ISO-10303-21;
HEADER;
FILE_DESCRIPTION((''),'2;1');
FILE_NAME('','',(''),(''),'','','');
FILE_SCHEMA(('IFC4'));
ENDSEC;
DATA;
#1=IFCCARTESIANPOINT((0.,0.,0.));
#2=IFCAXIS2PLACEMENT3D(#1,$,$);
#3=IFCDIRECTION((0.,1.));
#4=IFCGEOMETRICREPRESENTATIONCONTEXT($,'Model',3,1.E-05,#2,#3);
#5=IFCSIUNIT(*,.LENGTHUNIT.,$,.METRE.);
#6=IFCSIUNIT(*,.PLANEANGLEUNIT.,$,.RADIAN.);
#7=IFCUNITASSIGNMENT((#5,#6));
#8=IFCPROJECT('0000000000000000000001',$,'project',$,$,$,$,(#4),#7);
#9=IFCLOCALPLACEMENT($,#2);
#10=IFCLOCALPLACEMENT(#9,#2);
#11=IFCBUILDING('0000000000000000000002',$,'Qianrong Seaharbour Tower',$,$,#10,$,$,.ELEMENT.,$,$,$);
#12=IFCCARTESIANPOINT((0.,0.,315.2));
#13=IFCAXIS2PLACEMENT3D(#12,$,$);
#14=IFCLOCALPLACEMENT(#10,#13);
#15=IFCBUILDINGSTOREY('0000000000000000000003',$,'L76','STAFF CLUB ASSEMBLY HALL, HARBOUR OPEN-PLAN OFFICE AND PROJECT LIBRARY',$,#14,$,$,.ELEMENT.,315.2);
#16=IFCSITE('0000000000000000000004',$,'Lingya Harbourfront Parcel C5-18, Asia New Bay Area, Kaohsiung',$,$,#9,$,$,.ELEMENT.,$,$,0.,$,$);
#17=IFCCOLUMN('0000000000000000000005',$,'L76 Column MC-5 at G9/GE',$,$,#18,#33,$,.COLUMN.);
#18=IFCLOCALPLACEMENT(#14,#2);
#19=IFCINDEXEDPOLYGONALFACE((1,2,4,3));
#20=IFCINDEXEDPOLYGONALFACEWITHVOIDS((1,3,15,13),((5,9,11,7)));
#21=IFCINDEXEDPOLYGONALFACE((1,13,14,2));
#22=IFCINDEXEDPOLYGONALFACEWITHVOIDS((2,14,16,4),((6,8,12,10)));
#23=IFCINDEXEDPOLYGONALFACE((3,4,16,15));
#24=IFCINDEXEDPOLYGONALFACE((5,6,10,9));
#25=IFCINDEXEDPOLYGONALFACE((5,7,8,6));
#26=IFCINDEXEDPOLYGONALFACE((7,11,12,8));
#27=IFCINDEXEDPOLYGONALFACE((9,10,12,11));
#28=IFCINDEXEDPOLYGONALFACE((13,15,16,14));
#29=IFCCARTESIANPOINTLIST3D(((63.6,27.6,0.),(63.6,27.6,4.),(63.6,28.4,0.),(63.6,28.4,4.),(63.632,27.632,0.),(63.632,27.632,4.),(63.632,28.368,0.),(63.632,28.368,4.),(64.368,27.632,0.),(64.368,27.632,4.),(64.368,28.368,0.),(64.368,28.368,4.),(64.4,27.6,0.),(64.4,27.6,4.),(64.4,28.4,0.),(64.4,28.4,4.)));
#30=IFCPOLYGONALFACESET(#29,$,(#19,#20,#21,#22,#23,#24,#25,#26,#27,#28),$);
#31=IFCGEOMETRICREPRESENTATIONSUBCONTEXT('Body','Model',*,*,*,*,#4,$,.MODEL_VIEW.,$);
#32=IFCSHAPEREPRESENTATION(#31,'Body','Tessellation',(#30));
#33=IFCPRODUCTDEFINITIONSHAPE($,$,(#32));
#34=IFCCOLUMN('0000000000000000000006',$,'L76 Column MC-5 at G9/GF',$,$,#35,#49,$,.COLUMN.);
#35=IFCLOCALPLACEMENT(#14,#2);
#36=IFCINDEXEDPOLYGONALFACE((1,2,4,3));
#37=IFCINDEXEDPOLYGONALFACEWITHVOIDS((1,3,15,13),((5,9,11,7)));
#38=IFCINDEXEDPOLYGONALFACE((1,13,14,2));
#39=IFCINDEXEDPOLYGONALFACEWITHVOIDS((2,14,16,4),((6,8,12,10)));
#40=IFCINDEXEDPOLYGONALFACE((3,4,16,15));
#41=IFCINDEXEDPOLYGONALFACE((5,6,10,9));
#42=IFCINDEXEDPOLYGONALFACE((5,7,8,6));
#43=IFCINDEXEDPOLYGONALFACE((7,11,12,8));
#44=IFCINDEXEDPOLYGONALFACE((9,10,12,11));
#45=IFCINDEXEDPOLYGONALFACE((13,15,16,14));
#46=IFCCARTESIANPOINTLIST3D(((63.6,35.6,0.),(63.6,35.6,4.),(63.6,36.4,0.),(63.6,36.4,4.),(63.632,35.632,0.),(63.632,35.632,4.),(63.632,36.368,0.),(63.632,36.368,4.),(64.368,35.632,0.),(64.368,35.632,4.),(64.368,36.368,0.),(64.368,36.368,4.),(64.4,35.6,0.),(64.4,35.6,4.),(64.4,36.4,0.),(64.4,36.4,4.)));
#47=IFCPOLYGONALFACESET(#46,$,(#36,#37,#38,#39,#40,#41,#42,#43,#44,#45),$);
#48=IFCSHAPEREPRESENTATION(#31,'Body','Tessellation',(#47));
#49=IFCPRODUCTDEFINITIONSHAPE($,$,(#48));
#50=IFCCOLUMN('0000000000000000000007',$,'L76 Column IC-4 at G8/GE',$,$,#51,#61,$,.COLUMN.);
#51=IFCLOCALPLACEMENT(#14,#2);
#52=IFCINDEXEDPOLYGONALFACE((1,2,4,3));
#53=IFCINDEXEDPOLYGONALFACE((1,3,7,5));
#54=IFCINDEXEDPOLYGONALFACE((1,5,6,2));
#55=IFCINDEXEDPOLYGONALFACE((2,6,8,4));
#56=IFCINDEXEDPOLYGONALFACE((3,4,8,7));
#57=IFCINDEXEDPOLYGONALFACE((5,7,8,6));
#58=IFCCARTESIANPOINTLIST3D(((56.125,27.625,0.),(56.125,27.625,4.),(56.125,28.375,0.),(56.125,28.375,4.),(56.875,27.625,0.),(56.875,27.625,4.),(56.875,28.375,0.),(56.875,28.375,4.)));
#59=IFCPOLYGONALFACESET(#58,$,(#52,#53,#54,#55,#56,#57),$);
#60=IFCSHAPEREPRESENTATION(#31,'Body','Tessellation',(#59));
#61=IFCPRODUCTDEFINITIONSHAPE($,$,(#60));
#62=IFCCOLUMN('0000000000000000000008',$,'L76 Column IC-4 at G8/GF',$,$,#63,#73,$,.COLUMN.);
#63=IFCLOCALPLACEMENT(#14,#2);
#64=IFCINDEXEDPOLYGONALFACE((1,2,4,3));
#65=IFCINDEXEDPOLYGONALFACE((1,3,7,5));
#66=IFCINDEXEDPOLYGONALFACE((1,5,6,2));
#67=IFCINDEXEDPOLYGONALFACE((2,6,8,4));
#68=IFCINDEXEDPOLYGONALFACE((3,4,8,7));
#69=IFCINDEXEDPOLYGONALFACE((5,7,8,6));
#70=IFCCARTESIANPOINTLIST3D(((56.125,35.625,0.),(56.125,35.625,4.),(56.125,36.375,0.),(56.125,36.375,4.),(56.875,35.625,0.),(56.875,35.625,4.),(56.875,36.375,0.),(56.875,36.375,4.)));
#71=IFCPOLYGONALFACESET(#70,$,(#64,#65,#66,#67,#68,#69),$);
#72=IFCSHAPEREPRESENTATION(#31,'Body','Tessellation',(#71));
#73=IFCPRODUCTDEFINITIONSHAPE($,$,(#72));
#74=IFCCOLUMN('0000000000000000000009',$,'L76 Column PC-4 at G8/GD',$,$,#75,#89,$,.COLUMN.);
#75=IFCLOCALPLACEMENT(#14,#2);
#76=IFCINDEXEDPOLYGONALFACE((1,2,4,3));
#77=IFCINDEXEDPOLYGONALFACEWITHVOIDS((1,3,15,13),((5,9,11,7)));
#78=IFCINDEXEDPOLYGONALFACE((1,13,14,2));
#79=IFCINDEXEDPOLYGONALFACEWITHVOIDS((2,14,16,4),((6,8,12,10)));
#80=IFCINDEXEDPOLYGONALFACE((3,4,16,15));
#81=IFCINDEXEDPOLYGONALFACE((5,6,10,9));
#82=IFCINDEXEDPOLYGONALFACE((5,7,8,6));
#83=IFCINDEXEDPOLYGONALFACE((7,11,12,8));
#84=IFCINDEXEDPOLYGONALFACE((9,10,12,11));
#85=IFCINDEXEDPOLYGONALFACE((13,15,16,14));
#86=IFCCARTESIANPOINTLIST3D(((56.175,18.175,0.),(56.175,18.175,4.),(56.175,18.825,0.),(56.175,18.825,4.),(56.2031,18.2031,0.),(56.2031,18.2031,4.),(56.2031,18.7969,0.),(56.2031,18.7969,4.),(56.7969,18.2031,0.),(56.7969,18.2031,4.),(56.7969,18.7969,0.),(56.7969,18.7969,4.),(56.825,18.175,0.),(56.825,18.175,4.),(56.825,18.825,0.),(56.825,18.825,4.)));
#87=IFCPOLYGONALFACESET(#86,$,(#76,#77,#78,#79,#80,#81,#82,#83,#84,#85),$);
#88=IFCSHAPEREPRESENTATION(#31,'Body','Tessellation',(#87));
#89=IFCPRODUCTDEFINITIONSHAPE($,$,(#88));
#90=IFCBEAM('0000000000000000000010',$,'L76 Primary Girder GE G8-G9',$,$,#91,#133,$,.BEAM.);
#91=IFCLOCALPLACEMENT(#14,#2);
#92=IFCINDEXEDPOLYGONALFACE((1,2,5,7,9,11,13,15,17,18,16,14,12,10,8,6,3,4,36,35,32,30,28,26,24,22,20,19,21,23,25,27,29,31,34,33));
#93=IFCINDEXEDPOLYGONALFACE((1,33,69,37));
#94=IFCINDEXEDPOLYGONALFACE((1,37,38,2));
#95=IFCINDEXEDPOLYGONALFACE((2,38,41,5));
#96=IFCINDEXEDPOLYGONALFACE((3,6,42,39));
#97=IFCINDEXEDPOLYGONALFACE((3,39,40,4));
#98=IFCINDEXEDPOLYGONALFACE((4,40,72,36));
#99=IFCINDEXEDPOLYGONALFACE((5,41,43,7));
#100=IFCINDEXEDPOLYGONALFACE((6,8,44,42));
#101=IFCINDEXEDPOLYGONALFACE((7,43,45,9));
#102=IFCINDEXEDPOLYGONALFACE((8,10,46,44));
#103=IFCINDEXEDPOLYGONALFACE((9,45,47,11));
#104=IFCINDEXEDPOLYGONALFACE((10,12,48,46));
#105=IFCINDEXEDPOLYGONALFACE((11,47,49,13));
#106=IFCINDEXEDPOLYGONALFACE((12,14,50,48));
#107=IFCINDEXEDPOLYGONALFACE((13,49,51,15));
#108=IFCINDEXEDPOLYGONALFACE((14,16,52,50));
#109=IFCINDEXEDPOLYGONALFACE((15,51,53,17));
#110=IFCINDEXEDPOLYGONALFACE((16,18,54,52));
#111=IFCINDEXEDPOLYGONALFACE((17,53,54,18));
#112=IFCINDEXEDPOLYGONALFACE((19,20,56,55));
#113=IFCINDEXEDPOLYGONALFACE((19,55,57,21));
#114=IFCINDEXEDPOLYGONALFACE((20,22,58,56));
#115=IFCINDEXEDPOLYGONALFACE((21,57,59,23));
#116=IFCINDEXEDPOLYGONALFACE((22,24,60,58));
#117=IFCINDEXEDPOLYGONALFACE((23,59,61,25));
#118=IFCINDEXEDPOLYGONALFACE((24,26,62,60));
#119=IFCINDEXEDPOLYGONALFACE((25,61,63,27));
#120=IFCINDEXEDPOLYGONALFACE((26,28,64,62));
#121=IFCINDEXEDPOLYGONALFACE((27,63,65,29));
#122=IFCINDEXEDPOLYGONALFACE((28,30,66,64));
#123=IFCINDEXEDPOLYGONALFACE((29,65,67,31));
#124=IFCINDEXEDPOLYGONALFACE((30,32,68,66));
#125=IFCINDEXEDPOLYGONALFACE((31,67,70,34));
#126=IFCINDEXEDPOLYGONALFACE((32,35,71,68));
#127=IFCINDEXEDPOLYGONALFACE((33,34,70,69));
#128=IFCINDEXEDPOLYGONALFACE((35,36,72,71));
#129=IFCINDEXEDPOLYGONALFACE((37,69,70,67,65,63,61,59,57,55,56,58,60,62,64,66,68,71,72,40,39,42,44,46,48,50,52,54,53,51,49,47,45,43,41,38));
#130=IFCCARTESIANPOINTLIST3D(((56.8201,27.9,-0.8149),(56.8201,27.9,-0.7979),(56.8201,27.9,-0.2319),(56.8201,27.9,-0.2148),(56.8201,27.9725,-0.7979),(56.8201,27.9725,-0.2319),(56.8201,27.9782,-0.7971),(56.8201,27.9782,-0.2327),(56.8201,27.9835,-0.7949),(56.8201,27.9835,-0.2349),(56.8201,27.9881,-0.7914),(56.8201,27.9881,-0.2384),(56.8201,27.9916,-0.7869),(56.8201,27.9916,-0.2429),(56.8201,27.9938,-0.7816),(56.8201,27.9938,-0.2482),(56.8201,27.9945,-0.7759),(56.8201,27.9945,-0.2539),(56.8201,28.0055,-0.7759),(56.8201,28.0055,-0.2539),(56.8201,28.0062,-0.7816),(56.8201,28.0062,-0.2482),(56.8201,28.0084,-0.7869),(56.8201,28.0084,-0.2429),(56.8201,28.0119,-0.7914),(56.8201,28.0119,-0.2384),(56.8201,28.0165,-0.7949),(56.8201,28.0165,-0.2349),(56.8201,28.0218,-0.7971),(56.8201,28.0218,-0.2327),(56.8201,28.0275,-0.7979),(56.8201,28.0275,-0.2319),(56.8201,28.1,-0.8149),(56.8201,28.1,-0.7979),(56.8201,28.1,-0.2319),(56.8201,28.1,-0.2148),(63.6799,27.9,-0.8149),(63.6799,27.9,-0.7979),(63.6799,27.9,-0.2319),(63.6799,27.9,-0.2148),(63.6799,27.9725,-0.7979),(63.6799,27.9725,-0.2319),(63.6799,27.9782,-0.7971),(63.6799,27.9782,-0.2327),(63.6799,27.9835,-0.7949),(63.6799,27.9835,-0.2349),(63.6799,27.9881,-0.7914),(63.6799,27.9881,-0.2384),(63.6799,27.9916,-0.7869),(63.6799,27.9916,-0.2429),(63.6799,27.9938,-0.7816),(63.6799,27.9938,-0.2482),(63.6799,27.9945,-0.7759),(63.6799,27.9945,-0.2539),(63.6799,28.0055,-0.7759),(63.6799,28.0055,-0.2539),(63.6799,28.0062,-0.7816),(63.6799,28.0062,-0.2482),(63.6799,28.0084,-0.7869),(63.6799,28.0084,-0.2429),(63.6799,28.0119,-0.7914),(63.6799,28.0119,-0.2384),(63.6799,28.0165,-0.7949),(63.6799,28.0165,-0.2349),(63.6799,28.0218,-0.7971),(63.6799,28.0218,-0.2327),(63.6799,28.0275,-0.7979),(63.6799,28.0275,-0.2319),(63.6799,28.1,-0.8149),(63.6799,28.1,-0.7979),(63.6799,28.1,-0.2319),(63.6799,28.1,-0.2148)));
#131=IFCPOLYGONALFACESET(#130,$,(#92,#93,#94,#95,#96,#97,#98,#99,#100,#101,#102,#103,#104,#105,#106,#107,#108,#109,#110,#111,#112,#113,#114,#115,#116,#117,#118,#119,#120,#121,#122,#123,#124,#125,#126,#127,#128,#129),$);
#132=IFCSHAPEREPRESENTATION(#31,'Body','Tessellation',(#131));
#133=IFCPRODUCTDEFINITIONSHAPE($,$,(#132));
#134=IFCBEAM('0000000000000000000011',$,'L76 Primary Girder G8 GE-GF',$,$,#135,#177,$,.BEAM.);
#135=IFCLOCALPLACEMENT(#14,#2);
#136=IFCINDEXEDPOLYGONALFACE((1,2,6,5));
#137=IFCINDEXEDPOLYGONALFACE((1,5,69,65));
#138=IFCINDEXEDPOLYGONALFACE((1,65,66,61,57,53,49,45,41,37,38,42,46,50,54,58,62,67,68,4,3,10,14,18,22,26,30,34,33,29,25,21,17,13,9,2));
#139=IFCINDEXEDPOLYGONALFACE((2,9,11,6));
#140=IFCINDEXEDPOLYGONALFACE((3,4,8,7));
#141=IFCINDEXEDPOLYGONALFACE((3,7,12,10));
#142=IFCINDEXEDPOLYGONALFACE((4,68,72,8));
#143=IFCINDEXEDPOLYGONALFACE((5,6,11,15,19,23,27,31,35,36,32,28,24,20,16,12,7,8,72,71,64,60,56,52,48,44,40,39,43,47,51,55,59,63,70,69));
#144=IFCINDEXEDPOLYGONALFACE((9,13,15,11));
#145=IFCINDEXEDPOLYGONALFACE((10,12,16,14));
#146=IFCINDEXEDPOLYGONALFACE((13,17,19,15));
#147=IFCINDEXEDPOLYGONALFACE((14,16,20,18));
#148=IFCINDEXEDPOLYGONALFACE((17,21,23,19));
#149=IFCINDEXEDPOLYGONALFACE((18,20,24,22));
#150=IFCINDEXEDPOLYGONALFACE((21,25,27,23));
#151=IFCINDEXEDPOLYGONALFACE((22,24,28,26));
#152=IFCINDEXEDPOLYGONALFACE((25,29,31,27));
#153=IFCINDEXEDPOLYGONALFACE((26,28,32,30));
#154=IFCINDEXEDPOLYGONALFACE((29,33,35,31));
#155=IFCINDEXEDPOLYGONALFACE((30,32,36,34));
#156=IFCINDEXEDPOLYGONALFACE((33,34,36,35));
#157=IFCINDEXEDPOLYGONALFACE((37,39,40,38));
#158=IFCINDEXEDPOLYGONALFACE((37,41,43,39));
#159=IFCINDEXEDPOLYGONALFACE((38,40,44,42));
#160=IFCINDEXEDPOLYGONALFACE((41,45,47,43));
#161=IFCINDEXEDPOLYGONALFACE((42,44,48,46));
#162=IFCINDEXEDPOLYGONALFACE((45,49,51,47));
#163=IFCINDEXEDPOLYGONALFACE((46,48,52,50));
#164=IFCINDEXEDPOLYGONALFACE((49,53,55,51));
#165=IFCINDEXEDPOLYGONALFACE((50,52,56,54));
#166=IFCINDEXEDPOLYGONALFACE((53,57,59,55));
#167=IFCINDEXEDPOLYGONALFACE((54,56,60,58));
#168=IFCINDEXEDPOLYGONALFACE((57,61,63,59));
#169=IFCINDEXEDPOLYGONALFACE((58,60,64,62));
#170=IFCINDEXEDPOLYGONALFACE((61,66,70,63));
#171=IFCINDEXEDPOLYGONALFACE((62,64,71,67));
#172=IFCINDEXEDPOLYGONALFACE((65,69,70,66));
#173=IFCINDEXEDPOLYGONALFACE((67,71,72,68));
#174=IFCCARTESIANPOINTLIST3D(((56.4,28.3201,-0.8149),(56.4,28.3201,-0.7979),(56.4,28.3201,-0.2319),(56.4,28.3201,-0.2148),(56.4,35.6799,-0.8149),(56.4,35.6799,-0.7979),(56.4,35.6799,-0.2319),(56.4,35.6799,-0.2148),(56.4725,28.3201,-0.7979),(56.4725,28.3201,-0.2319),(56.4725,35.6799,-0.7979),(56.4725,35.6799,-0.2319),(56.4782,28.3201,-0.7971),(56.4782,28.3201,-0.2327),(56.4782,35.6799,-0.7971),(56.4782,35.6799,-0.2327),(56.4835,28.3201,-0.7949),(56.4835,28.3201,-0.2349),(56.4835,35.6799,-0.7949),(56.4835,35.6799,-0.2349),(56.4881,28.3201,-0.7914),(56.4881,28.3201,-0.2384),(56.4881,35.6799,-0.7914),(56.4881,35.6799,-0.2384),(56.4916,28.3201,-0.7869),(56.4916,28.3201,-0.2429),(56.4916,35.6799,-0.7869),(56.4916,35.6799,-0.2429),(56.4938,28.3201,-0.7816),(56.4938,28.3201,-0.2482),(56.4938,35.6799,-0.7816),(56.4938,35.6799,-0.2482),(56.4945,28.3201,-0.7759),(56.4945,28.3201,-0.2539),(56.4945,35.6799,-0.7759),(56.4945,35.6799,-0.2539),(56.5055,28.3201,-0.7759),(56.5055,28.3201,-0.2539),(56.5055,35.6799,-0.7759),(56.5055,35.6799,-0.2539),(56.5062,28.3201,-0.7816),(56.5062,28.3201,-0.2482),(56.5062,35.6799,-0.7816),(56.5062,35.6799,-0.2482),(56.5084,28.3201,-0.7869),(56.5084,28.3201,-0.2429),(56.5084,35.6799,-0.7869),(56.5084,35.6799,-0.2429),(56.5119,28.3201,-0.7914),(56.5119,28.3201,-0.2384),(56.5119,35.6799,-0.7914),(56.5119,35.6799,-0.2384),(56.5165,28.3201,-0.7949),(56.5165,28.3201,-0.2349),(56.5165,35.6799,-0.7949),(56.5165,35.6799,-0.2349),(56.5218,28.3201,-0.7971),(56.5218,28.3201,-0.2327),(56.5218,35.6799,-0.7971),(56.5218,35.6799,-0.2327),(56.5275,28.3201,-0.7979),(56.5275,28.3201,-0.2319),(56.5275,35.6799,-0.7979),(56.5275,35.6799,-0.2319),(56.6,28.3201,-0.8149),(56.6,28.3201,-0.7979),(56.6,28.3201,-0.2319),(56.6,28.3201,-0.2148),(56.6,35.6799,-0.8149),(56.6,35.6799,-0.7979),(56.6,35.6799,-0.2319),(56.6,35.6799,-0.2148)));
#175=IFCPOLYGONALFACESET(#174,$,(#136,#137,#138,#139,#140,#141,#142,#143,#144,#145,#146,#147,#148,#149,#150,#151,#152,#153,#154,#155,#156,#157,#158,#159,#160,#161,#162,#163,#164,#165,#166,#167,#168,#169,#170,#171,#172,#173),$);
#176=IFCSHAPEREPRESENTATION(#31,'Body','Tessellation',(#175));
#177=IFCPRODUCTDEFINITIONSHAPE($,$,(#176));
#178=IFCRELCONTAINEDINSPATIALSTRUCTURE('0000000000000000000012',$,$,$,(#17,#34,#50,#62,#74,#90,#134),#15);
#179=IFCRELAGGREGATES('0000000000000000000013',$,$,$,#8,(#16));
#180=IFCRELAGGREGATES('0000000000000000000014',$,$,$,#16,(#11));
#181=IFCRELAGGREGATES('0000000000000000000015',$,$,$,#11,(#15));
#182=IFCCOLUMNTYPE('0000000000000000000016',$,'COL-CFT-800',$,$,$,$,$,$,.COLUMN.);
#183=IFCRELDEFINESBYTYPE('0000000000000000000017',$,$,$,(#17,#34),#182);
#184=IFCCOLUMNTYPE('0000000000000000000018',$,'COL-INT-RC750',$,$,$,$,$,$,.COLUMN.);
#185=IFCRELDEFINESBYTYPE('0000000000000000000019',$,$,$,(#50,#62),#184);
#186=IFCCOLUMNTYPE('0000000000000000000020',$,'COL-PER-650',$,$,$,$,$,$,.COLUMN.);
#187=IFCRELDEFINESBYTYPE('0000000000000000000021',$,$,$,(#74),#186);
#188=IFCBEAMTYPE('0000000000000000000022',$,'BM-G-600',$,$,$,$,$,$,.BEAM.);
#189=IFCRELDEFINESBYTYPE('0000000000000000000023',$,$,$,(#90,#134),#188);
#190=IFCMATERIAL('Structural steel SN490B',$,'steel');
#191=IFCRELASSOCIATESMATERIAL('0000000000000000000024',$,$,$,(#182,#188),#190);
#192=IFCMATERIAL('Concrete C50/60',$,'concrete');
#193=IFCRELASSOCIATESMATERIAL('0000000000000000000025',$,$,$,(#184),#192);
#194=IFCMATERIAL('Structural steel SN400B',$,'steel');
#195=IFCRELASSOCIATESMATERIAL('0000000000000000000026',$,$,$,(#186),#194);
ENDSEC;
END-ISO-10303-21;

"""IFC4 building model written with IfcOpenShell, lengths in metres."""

from ifc_helpers import new_model, si_unit, direction, frame, origin, origin_2d, place, context, subcontext, project, spatial, rectangle, hollow_rectangle, i_section, extrude, material, material_profile, profile_set, type_object, element, save


model = new_model("IFC4")

# Units and contexts
model_context = context("Model", 3, precision=1e-05, world=origin(), true_north=direction((0.0, 1.0)))
body_context = subcontext(model_context, "Body", "Model", "MODEL_VIEW")
ifc_project = project(units=[si_unit("LENGTHUNIT", "METRE"), si_unit("PLANEANGLEUNIT", "RADIAN")], contexts=[model_context])

# Site, building, storey
site_placement = place(None, origin())
site = spatial("IfcSite", under=ifc_project, at=site_placement, Name="Lingya Harbourfront Parcel C5-18, Asia New Bay Area, Kaohsiung", CompositionType="ELEMENT", RefElevation=0.0)
building_placement = place(site_placement, origin())
building = spatial("IfcBuilding", under=site, at=building_placement, Name="Qianrong Seaharbour Tower", CompositionType="ELEMENT")
storey_placement = place(building_placement, frame((0.0, 0.0, 315.2)))
storey = spatial("IfcBuildingStorey", under=building, at=storey_placement, Name="L76", Description="STAFF CLUB ASSEMBLY HALL, HARBOUR OPEN-PLAN OFFICE AND PROJECT LIBRARY", CompositionType="ELEMENT", Elevation=315.2)

# Columns
ifc_material_1 = material(Name="Structural steel SN490B", Category="steel")
ifc_material_profile_1 = material_profile(ifc_material_1, hollow_rectangle(XDim=0.8, YDim=0.8, WallThickness=0.032, at=origin_2d()), Name="BOX800x800x32")
ifc_profile_set_1 = profile_set([ifc_material_profile_1], Name="Structural steel SN490B")
column_type_1 = type_object("IfcColumnType", Name="COL-CFT-800", PredefinedType="COLUMN", material=ifc_profile_set_1)
for number, where, z_axis, x_axis, name in (
    (1, (64.0, 28.0, 0.0), (0.0, 0.0, 1.0), (1.0, 0.0, 0.0), "L76 Column MC-5 at G9/GE"),
    (2, (64.0, 36.0, 0.0), (0.0, 0.0, 1.0), (1.0, 0.0, 0.0), "L76 Column MC-5 at G9/GF"),
):
    element("IfcColumn", number, at=place(storey_placement, frame(where, z_axis=z_axis, x_axis=x_axis)), inside=storey, type_object=column_type_1, Name=name, PredefinedType="COLUMN", context=body_context, shape_type="SweptSolid", body=[
        extrude(hollow_rectangle(XDim=0.8, YDim=0.8, WallThickness=0.032, at=origin_2d()), origin(), (0.0, 0.0, 1.0), 4.0),
    ])
ifc_material_2 = material(Name="Concrete C50/60", Category="concrete")
ifc_material_profile_2 = material_profile(ifc_material_2, rectangle(XDim=0.75, YDim=0.75, at=origin_2d()), Name="RC750x750")
ifc_profile_set_2 = profile_set([ifc_material_profile_2], Name="Concrete C50/60")
column_type_2 = type_object("IfcColumnType", Name="COL-INT-RC750", PredefinedType="COLUMN", material=ifc_profile_set_2)
for number, where, z_axis, x_axis, name in (
    (3, (56.5, 28.0, 0.0), (0.0, 0.0, 1.0), (1.0, 0.0, 0.0), "L76 Column IC-4 at G8/GE"),
    (4, (56.5, 36.0, 0.0), (0.0, 0.0, 1.0), (1.0, 0.0, 0.0), "L76 Column IC-4 at G8/GF"),
):
    element("IfcColumn", number, at=place(storey_placement, frame(where, z_axis=z_axis, x_axis=x_axis)), inside=storey, type_object=column_type_2, Name=name, PredefinedType="COLUMN", context=body_context, shape_type="SweptSolid", body=[
        extrude(rectangle(XDim=0.75, YDim=0.75, at=origin_2d()), origin(), (0.0, 0.0, 1.0), 4.0),
    ])
ifc_material_3 = material(Name="Structural steel SN400B", Category="steel")
ifc_material_profile_3 = material_profile(ifc_material_3, hollow_rectangle(XDim=0.6499, YDim=0.6499, WallThickness=0.0281, at=origin_2d()), Name="BOX650x650x28")
ifc_profile_set_3 = profile_set([ifc_material_profile_3], Name="Structural steel SN400B")
column_type_3 = type_object("IfcColumnType", Name="COL-PER-650", PredefinedType="COLUMN", material=ifc_profile_set_3)
column_placement = place(storey_placement, frame((56.5, 18.5, 0.0), z_axis=(0.0, 0.0, 1.0), x_axis=(1.0, 0.0, 0.0)))
element("IfcColumn", 5, at=column_placement, inside=storey, type_object=column_type_3, Name="L76 Column PC-4 at G8/GD", PredefinedType="COLUMN", context=body_context, shape_type="SweptSolid", body=[
    extrude(hollow_rectangle(XDim=0.6499, YDim=0.6499, WallThickness=0.0281, at=origin_2d()), origin(), (0.0, 0.0, 1.0), 4.0),
])

# Beams
ifc_material_profile_4 = material_profile(ifc_material_1, i_section(OverallWidth=0.2, OverallDepth=0.6001, WebThickness=0.011, FlangeThickness=0.0171, FilletRadius=0.022, at=origin_2d()), Name="H600x200x11x17")
ifc_profile_set_4 = profile_set([ifc_material_profile_4], Name="Structural steel SN490B")
beam_type_1 = type_object("IfcBeamType", Name="BM-G-600", PredefinedType="BEAM", material=ifc_profile_set_4)
beam_1_placement = place(storey_placement, frame((56.8201, 28.0, -0.5149), z_axis=(1.0, 0.0, 0.0), x_axis=(0.0, 1.0, 0.0)))
element("IfcBeam", 6, at=beam_1_placement, inside=storey, type_object=beam_type_1, Name="L76 Primary Girder GE G8-G9", PredefinedType="BEAM", context=body_context, shape_type="SweptSolid", body=[
    extrude(i_section(OverallWidth=0.2, OverallDepth=0.6001, WebThickness=0.011, FlangeThickness=0.0171, FilletRadius=0.022, at=origin_2d()), origin(), (0.0, 0.0, 1.0), 6.8599),
])
beam_2_placement = place(storey_placement, frame((56.5, 28.3201, -0.5149), z_axis=(0.0, 1.0, 0.0), x_axis=(-1.0, 0.0, 0.0)))
element("IfcBeam", 7, at=beam_2_placement, inside=storey, type_object=beam_type_1, Name="L76 Primary Girder G8 GE-GF", PredefinedType="BEAM", context=body_context, shape_type="SweptSolid", body=[
    extrude(i_section(OverallWidth=0.2, OverallDepth=0.6001, WebThickness=0.011, FlangeThickness=0.0171, FilletRadius=0.022, at=origin_2d()), origin(), (0.0, 0.0, 1.0), 7.3599),
])

save(model, "model.ifc")
